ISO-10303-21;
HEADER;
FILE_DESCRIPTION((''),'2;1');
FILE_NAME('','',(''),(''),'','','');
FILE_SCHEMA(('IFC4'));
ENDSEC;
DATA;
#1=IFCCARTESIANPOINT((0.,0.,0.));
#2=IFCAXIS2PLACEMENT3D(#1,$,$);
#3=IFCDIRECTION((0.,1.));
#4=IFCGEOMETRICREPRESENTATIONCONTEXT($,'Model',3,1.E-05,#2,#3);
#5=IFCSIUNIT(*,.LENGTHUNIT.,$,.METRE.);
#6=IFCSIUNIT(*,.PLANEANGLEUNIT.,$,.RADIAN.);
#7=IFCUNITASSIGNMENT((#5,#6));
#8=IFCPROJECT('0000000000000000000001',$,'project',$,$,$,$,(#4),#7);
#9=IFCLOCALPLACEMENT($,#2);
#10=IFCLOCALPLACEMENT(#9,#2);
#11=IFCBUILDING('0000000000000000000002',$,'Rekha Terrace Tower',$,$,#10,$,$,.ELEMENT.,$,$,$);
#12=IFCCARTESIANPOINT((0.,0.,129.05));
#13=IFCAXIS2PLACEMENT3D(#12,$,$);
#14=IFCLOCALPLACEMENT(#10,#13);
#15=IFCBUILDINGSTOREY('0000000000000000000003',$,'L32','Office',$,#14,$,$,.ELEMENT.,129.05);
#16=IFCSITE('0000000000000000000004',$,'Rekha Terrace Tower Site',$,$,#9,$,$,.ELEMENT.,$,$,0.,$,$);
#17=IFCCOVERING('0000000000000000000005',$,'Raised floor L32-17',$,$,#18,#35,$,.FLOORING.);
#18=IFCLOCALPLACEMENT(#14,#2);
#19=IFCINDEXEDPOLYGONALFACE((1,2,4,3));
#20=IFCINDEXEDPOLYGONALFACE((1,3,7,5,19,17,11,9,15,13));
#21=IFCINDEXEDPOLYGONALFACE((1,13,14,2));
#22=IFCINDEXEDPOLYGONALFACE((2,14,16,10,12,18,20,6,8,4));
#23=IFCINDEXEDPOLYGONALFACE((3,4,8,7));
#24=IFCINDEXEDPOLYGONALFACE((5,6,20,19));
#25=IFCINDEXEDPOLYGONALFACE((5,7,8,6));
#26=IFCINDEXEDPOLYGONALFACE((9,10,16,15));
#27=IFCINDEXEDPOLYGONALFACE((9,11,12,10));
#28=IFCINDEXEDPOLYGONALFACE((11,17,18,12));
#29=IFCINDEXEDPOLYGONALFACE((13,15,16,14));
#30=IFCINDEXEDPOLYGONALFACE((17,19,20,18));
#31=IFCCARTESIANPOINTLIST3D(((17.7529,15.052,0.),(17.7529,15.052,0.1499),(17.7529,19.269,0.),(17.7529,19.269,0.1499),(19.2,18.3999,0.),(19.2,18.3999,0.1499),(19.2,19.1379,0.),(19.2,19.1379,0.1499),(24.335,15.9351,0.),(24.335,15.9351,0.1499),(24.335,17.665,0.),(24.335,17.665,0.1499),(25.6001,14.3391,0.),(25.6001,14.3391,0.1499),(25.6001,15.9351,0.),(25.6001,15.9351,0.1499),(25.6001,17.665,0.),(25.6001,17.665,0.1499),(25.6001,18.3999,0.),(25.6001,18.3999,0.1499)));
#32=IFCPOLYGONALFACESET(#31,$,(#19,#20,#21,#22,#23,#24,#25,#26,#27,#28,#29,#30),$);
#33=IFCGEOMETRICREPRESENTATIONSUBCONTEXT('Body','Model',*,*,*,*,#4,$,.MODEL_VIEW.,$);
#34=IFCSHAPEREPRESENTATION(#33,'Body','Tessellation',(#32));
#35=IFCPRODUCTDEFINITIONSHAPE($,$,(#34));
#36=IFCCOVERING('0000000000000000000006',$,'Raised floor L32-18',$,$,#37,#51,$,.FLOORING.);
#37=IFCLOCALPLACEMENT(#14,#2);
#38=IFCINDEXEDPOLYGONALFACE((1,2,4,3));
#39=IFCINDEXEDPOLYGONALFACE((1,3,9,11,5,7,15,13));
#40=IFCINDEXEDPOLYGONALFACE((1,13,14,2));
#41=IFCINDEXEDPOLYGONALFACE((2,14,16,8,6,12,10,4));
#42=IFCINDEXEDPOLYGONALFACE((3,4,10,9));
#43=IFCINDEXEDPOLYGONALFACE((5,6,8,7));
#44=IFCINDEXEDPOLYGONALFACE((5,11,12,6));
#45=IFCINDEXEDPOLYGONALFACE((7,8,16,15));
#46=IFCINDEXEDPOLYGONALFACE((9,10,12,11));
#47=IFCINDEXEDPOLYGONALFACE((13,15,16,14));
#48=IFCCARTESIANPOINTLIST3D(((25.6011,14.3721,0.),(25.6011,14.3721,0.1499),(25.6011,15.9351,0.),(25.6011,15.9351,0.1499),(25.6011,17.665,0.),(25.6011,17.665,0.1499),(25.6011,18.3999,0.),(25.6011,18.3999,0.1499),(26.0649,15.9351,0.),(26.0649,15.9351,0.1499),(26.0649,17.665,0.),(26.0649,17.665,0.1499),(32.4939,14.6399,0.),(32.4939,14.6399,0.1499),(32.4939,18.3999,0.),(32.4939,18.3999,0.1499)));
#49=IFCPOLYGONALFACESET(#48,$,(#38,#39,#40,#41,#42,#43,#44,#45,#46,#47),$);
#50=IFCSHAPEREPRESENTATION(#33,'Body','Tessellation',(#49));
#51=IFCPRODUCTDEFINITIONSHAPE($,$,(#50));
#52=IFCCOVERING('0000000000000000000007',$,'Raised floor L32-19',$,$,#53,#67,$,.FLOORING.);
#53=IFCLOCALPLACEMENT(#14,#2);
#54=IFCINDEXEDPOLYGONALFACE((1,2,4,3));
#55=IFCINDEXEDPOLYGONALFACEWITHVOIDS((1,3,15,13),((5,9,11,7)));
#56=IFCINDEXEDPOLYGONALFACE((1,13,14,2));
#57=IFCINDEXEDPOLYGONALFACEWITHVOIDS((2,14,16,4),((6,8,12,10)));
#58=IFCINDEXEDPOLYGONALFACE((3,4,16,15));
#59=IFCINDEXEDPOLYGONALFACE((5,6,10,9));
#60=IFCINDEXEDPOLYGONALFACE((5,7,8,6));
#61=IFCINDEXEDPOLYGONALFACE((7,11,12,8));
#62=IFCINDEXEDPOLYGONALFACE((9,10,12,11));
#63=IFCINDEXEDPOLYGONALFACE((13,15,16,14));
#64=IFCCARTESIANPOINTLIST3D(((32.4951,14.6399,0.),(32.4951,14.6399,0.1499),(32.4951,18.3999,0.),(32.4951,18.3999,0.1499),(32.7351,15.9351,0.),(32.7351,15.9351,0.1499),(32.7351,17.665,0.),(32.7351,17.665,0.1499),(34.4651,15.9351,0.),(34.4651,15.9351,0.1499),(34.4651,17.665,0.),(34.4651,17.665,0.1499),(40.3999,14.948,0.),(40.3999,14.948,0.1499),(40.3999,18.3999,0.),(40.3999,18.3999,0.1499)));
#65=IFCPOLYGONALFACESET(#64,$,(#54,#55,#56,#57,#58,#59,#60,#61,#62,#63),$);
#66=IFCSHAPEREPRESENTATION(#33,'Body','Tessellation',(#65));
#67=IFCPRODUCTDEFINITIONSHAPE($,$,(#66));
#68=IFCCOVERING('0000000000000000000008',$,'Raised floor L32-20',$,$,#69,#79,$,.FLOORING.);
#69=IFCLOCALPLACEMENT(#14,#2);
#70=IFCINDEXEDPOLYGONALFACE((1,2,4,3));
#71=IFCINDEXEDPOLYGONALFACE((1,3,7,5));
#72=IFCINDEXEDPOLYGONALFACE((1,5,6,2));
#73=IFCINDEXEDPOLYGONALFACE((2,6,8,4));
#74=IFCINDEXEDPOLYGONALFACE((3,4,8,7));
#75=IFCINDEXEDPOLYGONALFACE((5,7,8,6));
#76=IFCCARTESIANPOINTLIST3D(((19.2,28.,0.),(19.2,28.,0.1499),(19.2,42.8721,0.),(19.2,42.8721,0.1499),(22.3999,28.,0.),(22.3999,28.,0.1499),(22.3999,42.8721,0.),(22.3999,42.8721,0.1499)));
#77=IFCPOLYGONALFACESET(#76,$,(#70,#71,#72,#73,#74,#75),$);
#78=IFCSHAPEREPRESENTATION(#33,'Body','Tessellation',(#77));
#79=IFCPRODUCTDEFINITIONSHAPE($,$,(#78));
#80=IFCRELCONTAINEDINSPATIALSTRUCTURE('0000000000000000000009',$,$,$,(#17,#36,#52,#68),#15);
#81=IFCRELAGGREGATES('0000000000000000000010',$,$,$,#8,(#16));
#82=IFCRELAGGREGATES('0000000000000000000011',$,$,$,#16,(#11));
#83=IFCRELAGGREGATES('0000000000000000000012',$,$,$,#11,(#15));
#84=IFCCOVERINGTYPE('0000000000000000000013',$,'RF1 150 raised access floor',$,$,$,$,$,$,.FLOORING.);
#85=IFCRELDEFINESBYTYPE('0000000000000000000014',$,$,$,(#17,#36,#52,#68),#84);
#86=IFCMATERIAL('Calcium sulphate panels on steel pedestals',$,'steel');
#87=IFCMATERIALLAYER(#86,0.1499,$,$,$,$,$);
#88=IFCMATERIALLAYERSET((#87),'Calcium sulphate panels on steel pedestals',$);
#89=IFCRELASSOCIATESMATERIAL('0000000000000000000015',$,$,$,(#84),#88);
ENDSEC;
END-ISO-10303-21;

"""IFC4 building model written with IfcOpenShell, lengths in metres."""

from ifc_helpers import new_model, si_unit, direction, frame, origin, place, context, subcontext, project, spatial, polyline, outline, extrude, material, layer, layer_set, type_object, element, save


model = new_model("IFC4")

# Units and contexts
model_context = context("Model", 3, precision=1e-05, world=origin(), true_north=direction((0.0, 1.0)))
body_context = subcontext(model_context, "Body", "Model", "MODEL_VIEW")
ifc_project = project(units=[si_unit("LENGTHUNIT", "METRE"), si_unit("PLANEANGLEUNIT", "RADIAN")], contexts=[model_context])

# Site, building, storey
site_placement = place(None, origin())
site = spatial("IfcSite", under=ifc_project, at=site_placement, Name="Rekha Terrace Tower Site", CompositionType="ELEMENT", RefElevation=0.0)
building_placement = place(site_placement, origin())
building = spatial("IfcBuilding", under=site, at=building_placement, Name="Rekha Terrace Tower", CompositionType="ELEMENT")
storey_placement = place(building_placement, frame((0.0, 0.0, 129.05)))
storey = spatial("IfcBuildingStorey", under=building, at=storey_placement, Name="L32", Description="Office", CompositionType="ELEMENT", Elevation=129.05)

# Coverings
ifc_material_1 = material(Name="Calcium sulphate panels on steel pedestals", Category="steel")
ifc_layer_1 = layer(ifc_material_1, 0.1499)
ifc_layer_set_1 = layer_set([ifc_layer_1], Name="Calcium sulphate panels on steel pedestals")
covering_type_1 = type_object("IfcCoveringType", Name="RF1 150 raised access floor", PredefinedType="FLOORING", material=ifc_layer_set_1)
covering_1_placement = place(storey_placement, origin())
element("IfcCovering", 1, at=covering_1_placement, inside=storey, type_object=covering_type_1, Name="Raised floor L32-17", PredefinedType="FLOORING", context=body_context, shape_type="SweptSolid", body=[
    extrude(outline(polyline([(19.2, 19.1379), (17.7529, 19.269), (17.7529, 15.052), (25.6001, 14.3391), (25.6001, 15.9351), (24.335, 15.9351), (24.335, 17.665), (25.6001, 17.665), (25.6001, 18.3999), (19.2, 18.3999), (19.2, 19.1379)])), origin(), (0.0, 0.0, 1.0), 0.1499),
])
covering_2_placement = place(storey_placement, origin())
element("IfcCovering", 2, at=covering_2_placement, inside=storey, type_object=covering_type_1, Name="Raised floor L32-18", PredefinedType="FLOORING", context=body_context, shape_type="SweptSolid", body=[
    extrude(outline(polyline([(25.6011, 15.9351), (25.6011, 14.3721), (32.4939, 14.6399), (32.4939, 18.3999), (25.6011, 18.3999), (25.6011, 17.665), (26.0649, 17.665), (26.0649, 15.9351), (25.6011, 15.9351)])), origin(), (0.0, 0.0, 1.0), 0.1499),
])
covering_3_placement = place(storey_placement, origin())
element("IfcCovering", 3, at=covering_3_placement, inside=storey, type_object=covering_type_1, Name="Raised floor L32-19", PredefinedType="FLOORING", context=body_context, shape_type="SweptSolid", body=[
    extrude(outline(polyline([(32.4951, 18.3999), (32.4951, 14.6399), (40.3999, 14.948), (40.3999, 18.3999), (32.4951, 18.3999)]), holes=[polyline([(34.4651, 15.9351), (32.7351, 15.9351), (32.7351, 17.665), (34.4651, 17.665), (34.4651, 15.9351)])]), origin(), (0.0, 0.0, 1.0), 0.1499),
])
covering_4_placement = place(storey_placement, origin())
element("IfcCovering", 4, at=covering_4_placement, inside=storey, type_object=covering_type_1, Name="Raised floor L32-20", PredefinedType="FLOORING", context=body_context, shape_type="SweptSolid", body=[
    extrude(outline(polyline([(19.2, 42.8721), (19.2, 28.0), (22.3999, 28.0), (22.3999, 42.8721), (19.2, 42.8721)])), origin(), (0.0, 0.0, 1.0), 0.1499),
])

save(model, "model.ifc")
